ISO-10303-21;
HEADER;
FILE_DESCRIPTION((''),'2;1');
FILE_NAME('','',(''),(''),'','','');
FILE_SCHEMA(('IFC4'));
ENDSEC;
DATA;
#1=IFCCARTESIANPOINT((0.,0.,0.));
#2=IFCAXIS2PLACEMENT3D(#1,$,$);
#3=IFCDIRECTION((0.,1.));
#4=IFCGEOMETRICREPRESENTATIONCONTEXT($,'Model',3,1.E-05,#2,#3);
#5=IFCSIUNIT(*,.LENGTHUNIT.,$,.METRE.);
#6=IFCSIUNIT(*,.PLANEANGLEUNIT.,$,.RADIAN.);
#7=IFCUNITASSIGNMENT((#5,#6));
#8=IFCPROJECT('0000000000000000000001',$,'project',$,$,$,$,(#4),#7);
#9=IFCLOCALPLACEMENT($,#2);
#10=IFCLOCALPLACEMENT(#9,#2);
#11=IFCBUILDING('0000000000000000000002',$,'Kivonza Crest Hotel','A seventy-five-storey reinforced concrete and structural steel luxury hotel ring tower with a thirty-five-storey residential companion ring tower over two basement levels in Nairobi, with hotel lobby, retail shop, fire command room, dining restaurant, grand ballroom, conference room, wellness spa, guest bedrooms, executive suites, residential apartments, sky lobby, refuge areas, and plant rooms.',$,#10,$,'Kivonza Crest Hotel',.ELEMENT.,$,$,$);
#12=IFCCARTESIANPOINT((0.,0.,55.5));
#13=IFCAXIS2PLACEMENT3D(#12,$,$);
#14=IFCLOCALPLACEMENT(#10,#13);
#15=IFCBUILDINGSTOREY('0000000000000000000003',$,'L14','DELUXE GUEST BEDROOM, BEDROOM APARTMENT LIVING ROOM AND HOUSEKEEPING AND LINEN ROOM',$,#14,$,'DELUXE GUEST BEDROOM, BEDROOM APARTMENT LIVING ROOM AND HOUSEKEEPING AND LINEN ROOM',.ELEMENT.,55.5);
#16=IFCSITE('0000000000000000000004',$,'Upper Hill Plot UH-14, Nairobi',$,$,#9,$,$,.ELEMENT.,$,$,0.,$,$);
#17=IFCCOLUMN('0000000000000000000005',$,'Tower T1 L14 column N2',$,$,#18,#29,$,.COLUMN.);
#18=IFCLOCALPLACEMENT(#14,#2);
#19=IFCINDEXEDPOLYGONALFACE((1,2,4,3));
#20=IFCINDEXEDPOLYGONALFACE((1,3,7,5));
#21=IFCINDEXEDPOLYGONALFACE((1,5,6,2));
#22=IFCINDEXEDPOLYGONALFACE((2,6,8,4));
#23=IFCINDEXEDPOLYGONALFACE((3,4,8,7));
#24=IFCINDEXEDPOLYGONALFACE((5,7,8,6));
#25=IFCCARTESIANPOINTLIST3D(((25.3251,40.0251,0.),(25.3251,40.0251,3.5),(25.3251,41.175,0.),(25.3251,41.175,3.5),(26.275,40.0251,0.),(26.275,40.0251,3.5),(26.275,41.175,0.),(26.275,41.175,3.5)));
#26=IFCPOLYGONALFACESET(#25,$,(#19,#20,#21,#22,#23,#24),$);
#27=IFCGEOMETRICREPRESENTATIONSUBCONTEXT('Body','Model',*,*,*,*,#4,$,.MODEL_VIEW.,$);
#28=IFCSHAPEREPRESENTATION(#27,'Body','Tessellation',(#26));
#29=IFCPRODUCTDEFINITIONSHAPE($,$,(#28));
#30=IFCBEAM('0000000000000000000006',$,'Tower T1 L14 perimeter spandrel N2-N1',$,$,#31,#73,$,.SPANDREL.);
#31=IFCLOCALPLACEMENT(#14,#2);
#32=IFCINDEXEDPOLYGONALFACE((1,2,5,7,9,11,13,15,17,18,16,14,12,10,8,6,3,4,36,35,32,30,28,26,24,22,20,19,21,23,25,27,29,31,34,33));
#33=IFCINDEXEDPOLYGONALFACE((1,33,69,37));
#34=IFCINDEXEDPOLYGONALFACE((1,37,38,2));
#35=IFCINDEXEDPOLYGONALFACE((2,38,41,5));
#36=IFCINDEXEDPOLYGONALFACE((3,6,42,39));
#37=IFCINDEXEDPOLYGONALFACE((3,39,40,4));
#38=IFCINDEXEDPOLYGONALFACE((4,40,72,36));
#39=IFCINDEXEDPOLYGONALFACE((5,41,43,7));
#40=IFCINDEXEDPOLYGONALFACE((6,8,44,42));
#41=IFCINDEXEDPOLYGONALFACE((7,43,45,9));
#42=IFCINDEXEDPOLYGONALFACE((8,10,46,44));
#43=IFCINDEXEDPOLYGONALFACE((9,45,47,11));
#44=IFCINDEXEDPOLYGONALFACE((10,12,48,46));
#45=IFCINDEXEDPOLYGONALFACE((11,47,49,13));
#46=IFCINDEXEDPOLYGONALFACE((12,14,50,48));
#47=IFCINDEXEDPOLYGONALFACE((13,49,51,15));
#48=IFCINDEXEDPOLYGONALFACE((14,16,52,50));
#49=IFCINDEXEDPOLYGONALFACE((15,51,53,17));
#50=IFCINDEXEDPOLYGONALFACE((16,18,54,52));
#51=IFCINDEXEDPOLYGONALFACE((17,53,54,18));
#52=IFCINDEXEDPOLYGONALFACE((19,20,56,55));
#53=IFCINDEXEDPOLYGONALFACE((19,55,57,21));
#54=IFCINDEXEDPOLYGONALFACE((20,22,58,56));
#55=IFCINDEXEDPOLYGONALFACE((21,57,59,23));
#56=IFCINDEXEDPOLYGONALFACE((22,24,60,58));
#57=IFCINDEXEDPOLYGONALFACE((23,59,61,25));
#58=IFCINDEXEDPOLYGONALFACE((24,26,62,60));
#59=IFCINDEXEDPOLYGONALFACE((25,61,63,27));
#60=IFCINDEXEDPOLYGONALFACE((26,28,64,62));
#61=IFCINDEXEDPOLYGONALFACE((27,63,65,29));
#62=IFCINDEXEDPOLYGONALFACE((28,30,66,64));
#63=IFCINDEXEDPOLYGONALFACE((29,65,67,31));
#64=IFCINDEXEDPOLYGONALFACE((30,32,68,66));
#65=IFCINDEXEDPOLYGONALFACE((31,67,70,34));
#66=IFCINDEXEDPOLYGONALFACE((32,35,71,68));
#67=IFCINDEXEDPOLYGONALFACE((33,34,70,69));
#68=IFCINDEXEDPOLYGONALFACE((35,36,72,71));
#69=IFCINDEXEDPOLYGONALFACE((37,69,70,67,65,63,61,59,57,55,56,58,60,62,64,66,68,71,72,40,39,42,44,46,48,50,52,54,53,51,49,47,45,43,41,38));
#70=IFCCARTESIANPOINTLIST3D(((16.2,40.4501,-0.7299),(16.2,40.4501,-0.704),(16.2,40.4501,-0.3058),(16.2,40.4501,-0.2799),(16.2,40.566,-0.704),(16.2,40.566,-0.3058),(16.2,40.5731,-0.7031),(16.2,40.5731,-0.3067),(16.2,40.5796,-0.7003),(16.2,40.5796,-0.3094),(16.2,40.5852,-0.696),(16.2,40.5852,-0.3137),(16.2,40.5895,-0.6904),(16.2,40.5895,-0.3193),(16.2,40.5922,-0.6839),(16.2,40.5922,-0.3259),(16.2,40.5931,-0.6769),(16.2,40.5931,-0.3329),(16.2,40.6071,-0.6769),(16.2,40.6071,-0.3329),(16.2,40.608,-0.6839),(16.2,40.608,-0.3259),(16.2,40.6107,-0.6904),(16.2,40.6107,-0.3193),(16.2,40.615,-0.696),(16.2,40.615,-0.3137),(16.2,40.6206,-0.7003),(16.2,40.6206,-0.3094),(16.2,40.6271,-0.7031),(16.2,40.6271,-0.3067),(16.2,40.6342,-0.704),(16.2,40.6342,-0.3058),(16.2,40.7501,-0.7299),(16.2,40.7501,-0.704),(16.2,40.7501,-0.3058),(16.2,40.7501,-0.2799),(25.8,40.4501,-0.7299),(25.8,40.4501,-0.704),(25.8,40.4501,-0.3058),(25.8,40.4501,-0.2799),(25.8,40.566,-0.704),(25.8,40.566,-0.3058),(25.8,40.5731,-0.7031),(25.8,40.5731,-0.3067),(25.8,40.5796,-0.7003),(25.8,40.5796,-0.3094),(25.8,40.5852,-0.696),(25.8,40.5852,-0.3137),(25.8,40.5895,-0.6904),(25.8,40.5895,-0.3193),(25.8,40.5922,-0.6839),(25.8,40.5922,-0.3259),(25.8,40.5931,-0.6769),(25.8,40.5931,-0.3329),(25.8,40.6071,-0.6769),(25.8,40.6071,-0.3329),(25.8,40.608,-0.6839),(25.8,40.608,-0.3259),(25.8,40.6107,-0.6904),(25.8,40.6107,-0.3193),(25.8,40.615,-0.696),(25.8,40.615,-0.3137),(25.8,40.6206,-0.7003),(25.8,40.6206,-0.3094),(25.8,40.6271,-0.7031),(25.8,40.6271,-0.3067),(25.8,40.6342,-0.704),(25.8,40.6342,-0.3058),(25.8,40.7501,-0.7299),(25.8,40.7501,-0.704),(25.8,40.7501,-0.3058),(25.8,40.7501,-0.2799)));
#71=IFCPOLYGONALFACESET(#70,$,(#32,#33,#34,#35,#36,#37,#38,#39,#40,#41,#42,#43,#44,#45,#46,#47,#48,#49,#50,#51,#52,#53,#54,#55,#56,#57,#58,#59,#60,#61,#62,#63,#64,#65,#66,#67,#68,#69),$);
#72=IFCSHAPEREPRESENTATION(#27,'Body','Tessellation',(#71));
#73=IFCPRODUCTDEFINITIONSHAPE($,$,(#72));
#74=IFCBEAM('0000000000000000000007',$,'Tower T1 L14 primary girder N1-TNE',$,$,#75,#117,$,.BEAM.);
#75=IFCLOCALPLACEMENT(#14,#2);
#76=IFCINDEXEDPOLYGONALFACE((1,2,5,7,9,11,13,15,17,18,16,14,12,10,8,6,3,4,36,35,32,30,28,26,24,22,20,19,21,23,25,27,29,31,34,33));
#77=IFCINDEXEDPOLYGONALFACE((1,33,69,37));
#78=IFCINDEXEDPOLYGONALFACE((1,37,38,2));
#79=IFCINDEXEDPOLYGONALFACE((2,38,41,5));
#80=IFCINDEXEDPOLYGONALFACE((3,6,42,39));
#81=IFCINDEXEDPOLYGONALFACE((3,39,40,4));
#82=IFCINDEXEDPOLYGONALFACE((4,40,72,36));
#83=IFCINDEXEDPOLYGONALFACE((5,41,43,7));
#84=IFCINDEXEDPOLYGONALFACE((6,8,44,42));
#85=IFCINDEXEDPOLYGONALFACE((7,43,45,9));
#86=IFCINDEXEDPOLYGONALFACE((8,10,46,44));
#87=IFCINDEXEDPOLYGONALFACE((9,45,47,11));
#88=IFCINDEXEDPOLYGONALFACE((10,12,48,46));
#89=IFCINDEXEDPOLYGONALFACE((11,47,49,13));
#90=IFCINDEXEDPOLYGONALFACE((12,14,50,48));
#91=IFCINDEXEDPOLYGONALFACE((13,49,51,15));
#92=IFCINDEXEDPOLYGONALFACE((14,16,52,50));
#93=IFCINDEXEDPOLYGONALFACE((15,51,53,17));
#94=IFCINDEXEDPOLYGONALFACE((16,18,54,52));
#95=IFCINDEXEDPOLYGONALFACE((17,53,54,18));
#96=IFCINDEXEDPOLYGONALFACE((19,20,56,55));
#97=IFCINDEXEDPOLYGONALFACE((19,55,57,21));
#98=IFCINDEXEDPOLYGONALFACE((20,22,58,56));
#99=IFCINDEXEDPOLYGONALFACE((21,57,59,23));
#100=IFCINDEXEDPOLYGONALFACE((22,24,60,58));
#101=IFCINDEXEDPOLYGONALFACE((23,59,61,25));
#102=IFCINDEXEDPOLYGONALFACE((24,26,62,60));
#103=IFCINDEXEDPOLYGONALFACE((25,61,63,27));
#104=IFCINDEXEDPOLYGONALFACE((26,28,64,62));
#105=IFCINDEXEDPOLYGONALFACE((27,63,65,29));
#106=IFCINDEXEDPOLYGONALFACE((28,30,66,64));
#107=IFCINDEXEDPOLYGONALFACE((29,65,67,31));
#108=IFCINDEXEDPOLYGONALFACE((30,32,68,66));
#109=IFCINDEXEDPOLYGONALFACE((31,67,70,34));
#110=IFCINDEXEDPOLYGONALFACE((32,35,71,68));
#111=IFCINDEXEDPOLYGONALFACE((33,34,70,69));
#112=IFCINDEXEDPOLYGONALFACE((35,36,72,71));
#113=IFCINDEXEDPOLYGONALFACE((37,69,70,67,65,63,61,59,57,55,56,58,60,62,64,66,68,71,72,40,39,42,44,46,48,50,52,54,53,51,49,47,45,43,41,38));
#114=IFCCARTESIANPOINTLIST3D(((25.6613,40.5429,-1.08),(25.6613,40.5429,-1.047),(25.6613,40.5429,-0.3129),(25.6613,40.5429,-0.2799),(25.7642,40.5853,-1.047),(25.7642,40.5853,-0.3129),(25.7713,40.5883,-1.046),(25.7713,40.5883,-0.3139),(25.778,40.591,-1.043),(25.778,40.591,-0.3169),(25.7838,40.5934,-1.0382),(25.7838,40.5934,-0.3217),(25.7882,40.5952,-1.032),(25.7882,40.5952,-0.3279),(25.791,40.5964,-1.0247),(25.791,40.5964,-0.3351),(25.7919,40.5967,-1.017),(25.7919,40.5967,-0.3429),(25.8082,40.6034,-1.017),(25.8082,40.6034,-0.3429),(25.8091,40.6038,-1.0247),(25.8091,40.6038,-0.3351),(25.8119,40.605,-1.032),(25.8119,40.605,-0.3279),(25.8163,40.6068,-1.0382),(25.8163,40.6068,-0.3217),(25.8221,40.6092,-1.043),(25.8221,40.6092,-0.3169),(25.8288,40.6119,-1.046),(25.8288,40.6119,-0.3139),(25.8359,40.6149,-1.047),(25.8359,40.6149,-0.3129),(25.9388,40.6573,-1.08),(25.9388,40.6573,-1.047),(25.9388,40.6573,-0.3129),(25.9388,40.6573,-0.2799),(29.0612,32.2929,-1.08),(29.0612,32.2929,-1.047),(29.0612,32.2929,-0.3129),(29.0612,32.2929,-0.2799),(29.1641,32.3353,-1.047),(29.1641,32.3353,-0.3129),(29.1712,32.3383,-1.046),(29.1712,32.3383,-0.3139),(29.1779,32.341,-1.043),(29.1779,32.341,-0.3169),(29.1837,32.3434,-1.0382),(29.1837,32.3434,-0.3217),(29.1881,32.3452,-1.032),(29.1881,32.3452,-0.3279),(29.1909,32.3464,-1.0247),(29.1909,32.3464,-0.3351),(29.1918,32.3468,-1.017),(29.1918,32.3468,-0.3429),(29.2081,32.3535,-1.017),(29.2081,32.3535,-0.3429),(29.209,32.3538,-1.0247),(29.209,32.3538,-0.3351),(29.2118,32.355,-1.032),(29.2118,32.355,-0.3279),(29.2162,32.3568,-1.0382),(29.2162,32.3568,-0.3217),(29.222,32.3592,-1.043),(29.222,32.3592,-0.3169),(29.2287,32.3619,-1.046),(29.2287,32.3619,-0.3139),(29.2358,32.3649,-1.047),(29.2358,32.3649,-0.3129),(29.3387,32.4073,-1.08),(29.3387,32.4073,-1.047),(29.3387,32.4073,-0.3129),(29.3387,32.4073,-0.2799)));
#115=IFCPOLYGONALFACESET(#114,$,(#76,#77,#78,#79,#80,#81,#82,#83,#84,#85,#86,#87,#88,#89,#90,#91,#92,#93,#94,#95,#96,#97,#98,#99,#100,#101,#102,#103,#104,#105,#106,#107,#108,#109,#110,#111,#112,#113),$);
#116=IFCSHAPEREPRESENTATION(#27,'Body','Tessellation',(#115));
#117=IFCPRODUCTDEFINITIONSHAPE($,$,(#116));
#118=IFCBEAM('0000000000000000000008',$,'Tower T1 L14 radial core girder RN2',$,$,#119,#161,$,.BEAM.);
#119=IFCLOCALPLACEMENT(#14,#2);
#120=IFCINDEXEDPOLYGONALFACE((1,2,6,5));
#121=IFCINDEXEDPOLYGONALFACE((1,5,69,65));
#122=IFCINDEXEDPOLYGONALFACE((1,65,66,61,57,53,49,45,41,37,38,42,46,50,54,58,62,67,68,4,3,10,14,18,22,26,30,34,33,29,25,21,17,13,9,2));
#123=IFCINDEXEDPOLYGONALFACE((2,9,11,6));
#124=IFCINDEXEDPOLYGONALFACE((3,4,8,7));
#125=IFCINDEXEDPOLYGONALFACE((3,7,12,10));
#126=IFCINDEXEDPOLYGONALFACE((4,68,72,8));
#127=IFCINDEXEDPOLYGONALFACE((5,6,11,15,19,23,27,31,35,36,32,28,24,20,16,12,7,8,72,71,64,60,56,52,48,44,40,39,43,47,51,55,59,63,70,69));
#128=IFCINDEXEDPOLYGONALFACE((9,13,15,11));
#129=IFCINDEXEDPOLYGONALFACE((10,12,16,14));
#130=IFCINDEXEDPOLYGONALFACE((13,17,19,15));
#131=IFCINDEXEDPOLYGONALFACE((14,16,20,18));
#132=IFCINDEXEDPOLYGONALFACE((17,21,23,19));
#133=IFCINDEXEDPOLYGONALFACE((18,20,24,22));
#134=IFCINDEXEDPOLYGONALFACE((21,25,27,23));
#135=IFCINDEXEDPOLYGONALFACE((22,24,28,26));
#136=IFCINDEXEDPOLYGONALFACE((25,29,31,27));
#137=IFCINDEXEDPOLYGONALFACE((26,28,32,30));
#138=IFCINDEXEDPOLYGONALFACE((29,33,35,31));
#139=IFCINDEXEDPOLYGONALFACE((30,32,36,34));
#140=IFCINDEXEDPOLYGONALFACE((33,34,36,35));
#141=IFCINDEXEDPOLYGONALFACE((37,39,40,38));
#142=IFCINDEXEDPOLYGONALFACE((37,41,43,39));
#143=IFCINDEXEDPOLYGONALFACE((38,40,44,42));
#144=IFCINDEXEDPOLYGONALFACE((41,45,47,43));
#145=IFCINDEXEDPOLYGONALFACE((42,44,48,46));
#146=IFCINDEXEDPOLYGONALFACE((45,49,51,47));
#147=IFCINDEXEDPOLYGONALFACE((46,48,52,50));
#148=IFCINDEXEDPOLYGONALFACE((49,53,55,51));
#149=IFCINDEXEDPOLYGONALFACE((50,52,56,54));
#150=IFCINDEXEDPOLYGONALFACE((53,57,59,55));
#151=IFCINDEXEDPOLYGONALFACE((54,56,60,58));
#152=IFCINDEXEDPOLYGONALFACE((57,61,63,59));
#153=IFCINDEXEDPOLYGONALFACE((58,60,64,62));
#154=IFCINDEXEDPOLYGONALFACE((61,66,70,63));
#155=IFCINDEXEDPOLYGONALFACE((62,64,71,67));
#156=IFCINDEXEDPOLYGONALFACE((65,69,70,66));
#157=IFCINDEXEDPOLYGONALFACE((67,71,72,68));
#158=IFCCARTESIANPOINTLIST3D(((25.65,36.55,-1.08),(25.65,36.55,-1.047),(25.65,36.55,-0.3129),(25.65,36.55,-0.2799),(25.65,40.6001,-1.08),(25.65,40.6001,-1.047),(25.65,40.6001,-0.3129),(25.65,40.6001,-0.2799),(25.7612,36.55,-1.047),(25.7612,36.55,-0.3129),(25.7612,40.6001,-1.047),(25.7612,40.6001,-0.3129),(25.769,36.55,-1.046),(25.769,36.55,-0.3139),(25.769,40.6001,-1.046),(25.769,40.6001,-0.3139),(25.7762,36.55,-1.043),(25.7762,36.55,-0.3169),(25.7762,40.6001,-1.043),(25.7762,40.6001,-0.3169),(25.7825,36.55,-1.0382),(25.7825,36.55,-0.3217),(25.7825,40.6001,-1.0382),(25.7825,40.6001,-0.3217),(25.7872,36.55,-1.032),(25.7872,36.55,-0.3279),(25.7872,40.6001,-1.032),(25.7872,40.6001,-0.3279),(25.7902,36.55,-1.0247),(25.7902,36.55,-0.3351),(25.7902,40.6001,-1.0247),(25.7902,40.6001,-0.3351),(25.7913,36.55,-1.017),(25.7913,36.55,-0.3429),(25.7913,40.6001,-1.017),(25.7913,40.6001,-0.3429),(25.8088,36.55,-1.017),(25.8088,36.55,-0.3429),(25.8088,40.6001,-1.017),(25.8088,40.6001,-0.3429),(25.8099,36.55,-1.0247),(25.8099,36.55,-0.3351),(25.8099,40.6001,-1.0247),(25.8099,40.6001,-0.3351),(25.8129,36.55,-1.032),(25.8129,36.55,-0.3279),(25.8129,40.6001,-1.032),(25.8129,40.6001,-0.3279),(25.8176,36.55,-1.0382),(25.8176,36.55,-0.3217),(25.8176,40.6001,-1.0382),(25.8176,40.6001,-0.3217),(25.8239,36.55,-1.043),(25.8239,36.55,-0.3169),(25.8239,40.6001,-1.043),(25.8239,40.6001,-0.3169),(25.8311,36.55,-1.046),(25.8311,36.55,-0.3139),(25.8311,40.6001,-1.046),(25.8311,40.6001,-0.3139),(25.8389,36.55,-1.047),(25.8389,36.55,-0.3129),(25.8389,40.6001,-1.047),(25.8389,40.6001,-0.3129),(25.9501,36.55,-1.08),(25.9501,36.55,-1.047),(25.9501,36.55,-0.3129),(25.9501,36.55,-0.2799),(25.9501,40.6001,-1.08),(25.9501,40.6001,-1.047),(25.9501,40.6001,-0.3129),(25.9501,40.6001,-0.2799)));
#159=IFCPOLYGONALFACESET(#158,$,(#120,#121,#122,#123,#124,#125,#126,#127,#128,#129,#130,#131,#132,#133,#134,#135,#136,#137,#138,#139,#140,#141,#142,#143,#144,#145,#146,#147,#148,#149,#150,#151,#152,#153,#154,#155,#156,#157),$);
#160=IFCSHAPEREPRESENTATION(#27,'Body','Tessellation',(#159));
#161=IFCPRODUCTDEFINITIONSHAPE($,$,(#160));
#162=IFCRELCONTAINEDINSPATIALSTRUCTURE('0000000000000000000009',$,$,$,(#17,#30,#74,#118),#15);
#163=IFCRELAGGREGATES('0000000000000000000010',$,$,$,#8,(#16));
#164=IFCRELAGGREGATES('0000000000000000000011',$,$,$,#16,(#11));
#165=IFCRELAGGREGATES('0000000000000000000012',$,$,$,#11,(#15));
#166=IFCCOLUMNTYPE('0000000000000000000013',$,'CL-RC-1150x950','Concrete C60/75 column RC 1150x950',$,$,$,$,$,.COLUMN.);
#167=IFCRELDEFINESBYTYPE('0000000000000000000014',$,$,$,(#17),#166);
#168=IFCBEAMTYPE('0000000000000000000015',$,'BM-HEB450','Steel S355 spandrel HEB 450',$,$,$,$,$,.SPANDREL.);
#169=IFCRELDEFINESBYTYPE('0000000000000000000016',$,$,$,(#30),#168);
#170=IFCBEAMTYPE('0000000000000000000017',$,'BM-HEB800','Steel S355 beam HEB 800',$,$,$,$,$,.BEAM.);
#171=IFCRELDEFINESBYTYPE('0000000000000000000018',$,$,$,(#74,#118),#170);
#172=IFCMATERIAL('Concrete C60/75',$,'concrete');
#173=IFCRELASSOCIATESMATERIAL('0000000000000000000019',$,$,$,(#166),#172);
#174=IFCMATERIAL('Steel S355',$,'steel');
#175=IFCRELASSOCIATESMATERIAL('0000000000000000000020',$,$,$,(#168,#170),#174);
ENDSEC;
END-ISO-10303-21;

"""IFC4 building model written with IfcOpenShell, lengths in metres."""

from ifc_helpers import new_model, si_unit, direction, frame, origin, origin_2d, place, context, subcontext, project, spatial, rectangle, i_section, extrude, material, material_profile, profile_set, type_object, element, save


model = new_model("IFC4")

# Units and contexts
model_context = context("Model", 3, precision=1e-05, world=origin(), true_north=direction((0.0, 1.0)))
body_context = subcontext(model_context, "Body", "Model", "MODEL_VIEW")
ifc_project = project(units=[si_unit("LENGTHUNIT", "METRE"), si_unit("PLANEANGLEUNIT", "RADIAN")], contexts=[model_context])

# Site, building, storey
site_placement = place(None, origin())
site = spatial("IfcSite", under=ifc_project, at=site_placement, Name="Upper Hill Plot UH-14, Nairobi", CompositionType="ELEMENT", RefElevation=0.0)
building_placement = place(site_placement, origin())
building = spatial("IfcBuilding", under=site, at=building_placement, Name="Kivonza Crest Hotel", Description="A seventy-five-storey reinforced concrete and structural steel luxury hotel ring tower with a thirty-five-storey residential companion ring tower over two basement levels in Nairobi, with hotel lobby, retail shop, fire command room, dining restaurant, grand ballroom, conference room, wellness spa, guest bedrooms, executive suites, residential apartments, sky lobby, refuge areas, and plant rooms.", LongName="Kivonza Crest Hotel", CompositionType="ELEMENT")
storey_placement = place(building_placement, frame((0.0, 0.0, 55.5)))
storey = spatial("IfcBuildingStorey", under=building, at=storey_placement, Name="L14", Description="DELUXE GUEST BEDROOM, BEDROOM APARTMENT LIVING ROOM AND HOUSEKEEPING AND LINEN ROOM", LongName="DELUXE GUEST BEDROOM, BEDROOM APARTMENT LIVING ROOM AND HOUSEKEEPING AND LINEN ROOM", CompositionType="ELEMENT", Elevation=55.5)

# Column
ifc_material_1 = material(Name="Concrete C60/75", Category="concrete")
ifc_material_profile_1 = material_profile(ifc_material_1, rectangle(XDim=0.95, YDim=1.1499, at=origin_2d()), Name="RC 1150x950")
ifc_profile_set_1 = profile_set([ifc_material_profile_1], Name="Concrete C60/75")
column_type = type_object("IfcColumnType", Name="CL-RC-1150x950", Description="Concrete C60/75 column RC 1150x950", PredefinedType="COLUMN", material=ifc_profile_set_1)
column_placement = place(storey_placement, frame((25.8, 40.6001, 0.0), z_axis=(0.0, 0.0, 1.0), x_axis=(1.0, 0.0, 0.0)))
element("IfcColumn", 1, at=column_placement, inside=storey, type_object=column_type, Name="Tower T1 L14 column N2", PredefinedType="COLUMN", context=body_context, shape_type="SweptSolid", body=[
    extrude(rectangle(XDim=0.95, YDim=1.1499, at=origin_2d()), origin(), (0.0, 0.0, 1.0), 3.5),
])

# Beams
ifc_material_2 = material(Name="Steel S355", Category="steel")
ifc_material_profile_2 = material_profile(ifc_material_2, i_section(OverallWidth=0.3, OverallDepth=0.45, WebThickness=0.0139, FlangeThickness=0.0259, FilletRadius=0.0271, at=origin_2d()), Name="HEB 450")
ifc_profile_set_2 = profile_set([ifc_material_profile_2], Name="Steel S355")
beam_type_1 = type_object("IfcBeamType", Name="BM-HEB450", Description="Steel S355 spandrel HEB 450", PredefinedType="SPANDREL", material=ifc_profile_set_2)
beam_1_placement = place(storey_placement, frame((25.8, 40.6001, -0.5049), z_axis=(-1.0, 0.0, 0.0), x_axis=(0.0, -1.0, 0.0)))
element("IfcBeam", 2, at=beam_1_placement, inside=storey, type_object=beam_type_1, Name="Tower T1 L14 perimeter spandrel N2-N1", PredefinedType="SPANDREL", context=body_context, shape_type="SweptSolid", body=[
    extrude(i_section(OverallWidth=0.3, OverallDepth=0.45, WebThickness=0.0139, FlangeThickness=0.0259, FilletRadius=0.0271, at=origin_2d()), origin(), (0.0, 0.0, 1.0), 9.6001),
])
ifc_material_profile_3 = material_profile(ifc_material_2, i_section(OverallWidth=0.3, OverallDepth=0.8, WebThickness=0.0176, FlangeThickness=0.033, FilletRadius=0.03, at=origin_2d()), Name="HEB 800")
ifc_profile_set_3 = profile_set([ifc_material_profile_3], Name="Steel S355")
beam_type_2 = type_object("IfcBeamType", Name="BM-HEB800", Description="Steel S355 beam HEB 800", PredefinedType="BEAM", material=ifc_profile_set_3)
beam_2_placement = place(storey_placement, frame((25.8, 40.6001, -0.6799), z_axis=(0.381022, -0.924566, 0.0), x_axis=(0.924566, 0.381022, 0.0)))
element("IfcBeam", 3, at=beam_2_placement, inside=storey, type_object=beam_type_2, Name="Tower T1 L14 primary girder N1-TNE", PredefinedType="BEAM", context=body_context, shape_type="SweptSolid", body=[
    extrude(i_section(OverallWidth=0.3, OverallDepth=0.8, WebThickness=0.0176, FlangeThickness=0.033, FilletRadius=0.03, at=origin_2d()), origin(), (0.0, 0.0, 1.0), 8.9231),
])
beam_3_placement = place(storey_placement, frame((25.8, 40.6001, -0.6799), z_axis=(0.0, -1.0, 0.0), x_axis=(1.0, 0.0, 0.0)))
element("IfcBeam", 4, at=beam_3_placement, inside=storey, type_object=beam_type_2, Name="Tower T1 L14 radial core girder RN2", PredefinedType="BEAM", context=body_context, shape_type="SweptSolid", body=[
    extrude(i_section(OverallWidth=0.3, OverallDepth=0.8, WebThickness=0.0176, FlangeThickness=0.033, FilletRadius=0.03, at=origin_2d()), origin(), (0.0, 0.0, 1.0), 4.05),
])

save(model, "model.ifc")
